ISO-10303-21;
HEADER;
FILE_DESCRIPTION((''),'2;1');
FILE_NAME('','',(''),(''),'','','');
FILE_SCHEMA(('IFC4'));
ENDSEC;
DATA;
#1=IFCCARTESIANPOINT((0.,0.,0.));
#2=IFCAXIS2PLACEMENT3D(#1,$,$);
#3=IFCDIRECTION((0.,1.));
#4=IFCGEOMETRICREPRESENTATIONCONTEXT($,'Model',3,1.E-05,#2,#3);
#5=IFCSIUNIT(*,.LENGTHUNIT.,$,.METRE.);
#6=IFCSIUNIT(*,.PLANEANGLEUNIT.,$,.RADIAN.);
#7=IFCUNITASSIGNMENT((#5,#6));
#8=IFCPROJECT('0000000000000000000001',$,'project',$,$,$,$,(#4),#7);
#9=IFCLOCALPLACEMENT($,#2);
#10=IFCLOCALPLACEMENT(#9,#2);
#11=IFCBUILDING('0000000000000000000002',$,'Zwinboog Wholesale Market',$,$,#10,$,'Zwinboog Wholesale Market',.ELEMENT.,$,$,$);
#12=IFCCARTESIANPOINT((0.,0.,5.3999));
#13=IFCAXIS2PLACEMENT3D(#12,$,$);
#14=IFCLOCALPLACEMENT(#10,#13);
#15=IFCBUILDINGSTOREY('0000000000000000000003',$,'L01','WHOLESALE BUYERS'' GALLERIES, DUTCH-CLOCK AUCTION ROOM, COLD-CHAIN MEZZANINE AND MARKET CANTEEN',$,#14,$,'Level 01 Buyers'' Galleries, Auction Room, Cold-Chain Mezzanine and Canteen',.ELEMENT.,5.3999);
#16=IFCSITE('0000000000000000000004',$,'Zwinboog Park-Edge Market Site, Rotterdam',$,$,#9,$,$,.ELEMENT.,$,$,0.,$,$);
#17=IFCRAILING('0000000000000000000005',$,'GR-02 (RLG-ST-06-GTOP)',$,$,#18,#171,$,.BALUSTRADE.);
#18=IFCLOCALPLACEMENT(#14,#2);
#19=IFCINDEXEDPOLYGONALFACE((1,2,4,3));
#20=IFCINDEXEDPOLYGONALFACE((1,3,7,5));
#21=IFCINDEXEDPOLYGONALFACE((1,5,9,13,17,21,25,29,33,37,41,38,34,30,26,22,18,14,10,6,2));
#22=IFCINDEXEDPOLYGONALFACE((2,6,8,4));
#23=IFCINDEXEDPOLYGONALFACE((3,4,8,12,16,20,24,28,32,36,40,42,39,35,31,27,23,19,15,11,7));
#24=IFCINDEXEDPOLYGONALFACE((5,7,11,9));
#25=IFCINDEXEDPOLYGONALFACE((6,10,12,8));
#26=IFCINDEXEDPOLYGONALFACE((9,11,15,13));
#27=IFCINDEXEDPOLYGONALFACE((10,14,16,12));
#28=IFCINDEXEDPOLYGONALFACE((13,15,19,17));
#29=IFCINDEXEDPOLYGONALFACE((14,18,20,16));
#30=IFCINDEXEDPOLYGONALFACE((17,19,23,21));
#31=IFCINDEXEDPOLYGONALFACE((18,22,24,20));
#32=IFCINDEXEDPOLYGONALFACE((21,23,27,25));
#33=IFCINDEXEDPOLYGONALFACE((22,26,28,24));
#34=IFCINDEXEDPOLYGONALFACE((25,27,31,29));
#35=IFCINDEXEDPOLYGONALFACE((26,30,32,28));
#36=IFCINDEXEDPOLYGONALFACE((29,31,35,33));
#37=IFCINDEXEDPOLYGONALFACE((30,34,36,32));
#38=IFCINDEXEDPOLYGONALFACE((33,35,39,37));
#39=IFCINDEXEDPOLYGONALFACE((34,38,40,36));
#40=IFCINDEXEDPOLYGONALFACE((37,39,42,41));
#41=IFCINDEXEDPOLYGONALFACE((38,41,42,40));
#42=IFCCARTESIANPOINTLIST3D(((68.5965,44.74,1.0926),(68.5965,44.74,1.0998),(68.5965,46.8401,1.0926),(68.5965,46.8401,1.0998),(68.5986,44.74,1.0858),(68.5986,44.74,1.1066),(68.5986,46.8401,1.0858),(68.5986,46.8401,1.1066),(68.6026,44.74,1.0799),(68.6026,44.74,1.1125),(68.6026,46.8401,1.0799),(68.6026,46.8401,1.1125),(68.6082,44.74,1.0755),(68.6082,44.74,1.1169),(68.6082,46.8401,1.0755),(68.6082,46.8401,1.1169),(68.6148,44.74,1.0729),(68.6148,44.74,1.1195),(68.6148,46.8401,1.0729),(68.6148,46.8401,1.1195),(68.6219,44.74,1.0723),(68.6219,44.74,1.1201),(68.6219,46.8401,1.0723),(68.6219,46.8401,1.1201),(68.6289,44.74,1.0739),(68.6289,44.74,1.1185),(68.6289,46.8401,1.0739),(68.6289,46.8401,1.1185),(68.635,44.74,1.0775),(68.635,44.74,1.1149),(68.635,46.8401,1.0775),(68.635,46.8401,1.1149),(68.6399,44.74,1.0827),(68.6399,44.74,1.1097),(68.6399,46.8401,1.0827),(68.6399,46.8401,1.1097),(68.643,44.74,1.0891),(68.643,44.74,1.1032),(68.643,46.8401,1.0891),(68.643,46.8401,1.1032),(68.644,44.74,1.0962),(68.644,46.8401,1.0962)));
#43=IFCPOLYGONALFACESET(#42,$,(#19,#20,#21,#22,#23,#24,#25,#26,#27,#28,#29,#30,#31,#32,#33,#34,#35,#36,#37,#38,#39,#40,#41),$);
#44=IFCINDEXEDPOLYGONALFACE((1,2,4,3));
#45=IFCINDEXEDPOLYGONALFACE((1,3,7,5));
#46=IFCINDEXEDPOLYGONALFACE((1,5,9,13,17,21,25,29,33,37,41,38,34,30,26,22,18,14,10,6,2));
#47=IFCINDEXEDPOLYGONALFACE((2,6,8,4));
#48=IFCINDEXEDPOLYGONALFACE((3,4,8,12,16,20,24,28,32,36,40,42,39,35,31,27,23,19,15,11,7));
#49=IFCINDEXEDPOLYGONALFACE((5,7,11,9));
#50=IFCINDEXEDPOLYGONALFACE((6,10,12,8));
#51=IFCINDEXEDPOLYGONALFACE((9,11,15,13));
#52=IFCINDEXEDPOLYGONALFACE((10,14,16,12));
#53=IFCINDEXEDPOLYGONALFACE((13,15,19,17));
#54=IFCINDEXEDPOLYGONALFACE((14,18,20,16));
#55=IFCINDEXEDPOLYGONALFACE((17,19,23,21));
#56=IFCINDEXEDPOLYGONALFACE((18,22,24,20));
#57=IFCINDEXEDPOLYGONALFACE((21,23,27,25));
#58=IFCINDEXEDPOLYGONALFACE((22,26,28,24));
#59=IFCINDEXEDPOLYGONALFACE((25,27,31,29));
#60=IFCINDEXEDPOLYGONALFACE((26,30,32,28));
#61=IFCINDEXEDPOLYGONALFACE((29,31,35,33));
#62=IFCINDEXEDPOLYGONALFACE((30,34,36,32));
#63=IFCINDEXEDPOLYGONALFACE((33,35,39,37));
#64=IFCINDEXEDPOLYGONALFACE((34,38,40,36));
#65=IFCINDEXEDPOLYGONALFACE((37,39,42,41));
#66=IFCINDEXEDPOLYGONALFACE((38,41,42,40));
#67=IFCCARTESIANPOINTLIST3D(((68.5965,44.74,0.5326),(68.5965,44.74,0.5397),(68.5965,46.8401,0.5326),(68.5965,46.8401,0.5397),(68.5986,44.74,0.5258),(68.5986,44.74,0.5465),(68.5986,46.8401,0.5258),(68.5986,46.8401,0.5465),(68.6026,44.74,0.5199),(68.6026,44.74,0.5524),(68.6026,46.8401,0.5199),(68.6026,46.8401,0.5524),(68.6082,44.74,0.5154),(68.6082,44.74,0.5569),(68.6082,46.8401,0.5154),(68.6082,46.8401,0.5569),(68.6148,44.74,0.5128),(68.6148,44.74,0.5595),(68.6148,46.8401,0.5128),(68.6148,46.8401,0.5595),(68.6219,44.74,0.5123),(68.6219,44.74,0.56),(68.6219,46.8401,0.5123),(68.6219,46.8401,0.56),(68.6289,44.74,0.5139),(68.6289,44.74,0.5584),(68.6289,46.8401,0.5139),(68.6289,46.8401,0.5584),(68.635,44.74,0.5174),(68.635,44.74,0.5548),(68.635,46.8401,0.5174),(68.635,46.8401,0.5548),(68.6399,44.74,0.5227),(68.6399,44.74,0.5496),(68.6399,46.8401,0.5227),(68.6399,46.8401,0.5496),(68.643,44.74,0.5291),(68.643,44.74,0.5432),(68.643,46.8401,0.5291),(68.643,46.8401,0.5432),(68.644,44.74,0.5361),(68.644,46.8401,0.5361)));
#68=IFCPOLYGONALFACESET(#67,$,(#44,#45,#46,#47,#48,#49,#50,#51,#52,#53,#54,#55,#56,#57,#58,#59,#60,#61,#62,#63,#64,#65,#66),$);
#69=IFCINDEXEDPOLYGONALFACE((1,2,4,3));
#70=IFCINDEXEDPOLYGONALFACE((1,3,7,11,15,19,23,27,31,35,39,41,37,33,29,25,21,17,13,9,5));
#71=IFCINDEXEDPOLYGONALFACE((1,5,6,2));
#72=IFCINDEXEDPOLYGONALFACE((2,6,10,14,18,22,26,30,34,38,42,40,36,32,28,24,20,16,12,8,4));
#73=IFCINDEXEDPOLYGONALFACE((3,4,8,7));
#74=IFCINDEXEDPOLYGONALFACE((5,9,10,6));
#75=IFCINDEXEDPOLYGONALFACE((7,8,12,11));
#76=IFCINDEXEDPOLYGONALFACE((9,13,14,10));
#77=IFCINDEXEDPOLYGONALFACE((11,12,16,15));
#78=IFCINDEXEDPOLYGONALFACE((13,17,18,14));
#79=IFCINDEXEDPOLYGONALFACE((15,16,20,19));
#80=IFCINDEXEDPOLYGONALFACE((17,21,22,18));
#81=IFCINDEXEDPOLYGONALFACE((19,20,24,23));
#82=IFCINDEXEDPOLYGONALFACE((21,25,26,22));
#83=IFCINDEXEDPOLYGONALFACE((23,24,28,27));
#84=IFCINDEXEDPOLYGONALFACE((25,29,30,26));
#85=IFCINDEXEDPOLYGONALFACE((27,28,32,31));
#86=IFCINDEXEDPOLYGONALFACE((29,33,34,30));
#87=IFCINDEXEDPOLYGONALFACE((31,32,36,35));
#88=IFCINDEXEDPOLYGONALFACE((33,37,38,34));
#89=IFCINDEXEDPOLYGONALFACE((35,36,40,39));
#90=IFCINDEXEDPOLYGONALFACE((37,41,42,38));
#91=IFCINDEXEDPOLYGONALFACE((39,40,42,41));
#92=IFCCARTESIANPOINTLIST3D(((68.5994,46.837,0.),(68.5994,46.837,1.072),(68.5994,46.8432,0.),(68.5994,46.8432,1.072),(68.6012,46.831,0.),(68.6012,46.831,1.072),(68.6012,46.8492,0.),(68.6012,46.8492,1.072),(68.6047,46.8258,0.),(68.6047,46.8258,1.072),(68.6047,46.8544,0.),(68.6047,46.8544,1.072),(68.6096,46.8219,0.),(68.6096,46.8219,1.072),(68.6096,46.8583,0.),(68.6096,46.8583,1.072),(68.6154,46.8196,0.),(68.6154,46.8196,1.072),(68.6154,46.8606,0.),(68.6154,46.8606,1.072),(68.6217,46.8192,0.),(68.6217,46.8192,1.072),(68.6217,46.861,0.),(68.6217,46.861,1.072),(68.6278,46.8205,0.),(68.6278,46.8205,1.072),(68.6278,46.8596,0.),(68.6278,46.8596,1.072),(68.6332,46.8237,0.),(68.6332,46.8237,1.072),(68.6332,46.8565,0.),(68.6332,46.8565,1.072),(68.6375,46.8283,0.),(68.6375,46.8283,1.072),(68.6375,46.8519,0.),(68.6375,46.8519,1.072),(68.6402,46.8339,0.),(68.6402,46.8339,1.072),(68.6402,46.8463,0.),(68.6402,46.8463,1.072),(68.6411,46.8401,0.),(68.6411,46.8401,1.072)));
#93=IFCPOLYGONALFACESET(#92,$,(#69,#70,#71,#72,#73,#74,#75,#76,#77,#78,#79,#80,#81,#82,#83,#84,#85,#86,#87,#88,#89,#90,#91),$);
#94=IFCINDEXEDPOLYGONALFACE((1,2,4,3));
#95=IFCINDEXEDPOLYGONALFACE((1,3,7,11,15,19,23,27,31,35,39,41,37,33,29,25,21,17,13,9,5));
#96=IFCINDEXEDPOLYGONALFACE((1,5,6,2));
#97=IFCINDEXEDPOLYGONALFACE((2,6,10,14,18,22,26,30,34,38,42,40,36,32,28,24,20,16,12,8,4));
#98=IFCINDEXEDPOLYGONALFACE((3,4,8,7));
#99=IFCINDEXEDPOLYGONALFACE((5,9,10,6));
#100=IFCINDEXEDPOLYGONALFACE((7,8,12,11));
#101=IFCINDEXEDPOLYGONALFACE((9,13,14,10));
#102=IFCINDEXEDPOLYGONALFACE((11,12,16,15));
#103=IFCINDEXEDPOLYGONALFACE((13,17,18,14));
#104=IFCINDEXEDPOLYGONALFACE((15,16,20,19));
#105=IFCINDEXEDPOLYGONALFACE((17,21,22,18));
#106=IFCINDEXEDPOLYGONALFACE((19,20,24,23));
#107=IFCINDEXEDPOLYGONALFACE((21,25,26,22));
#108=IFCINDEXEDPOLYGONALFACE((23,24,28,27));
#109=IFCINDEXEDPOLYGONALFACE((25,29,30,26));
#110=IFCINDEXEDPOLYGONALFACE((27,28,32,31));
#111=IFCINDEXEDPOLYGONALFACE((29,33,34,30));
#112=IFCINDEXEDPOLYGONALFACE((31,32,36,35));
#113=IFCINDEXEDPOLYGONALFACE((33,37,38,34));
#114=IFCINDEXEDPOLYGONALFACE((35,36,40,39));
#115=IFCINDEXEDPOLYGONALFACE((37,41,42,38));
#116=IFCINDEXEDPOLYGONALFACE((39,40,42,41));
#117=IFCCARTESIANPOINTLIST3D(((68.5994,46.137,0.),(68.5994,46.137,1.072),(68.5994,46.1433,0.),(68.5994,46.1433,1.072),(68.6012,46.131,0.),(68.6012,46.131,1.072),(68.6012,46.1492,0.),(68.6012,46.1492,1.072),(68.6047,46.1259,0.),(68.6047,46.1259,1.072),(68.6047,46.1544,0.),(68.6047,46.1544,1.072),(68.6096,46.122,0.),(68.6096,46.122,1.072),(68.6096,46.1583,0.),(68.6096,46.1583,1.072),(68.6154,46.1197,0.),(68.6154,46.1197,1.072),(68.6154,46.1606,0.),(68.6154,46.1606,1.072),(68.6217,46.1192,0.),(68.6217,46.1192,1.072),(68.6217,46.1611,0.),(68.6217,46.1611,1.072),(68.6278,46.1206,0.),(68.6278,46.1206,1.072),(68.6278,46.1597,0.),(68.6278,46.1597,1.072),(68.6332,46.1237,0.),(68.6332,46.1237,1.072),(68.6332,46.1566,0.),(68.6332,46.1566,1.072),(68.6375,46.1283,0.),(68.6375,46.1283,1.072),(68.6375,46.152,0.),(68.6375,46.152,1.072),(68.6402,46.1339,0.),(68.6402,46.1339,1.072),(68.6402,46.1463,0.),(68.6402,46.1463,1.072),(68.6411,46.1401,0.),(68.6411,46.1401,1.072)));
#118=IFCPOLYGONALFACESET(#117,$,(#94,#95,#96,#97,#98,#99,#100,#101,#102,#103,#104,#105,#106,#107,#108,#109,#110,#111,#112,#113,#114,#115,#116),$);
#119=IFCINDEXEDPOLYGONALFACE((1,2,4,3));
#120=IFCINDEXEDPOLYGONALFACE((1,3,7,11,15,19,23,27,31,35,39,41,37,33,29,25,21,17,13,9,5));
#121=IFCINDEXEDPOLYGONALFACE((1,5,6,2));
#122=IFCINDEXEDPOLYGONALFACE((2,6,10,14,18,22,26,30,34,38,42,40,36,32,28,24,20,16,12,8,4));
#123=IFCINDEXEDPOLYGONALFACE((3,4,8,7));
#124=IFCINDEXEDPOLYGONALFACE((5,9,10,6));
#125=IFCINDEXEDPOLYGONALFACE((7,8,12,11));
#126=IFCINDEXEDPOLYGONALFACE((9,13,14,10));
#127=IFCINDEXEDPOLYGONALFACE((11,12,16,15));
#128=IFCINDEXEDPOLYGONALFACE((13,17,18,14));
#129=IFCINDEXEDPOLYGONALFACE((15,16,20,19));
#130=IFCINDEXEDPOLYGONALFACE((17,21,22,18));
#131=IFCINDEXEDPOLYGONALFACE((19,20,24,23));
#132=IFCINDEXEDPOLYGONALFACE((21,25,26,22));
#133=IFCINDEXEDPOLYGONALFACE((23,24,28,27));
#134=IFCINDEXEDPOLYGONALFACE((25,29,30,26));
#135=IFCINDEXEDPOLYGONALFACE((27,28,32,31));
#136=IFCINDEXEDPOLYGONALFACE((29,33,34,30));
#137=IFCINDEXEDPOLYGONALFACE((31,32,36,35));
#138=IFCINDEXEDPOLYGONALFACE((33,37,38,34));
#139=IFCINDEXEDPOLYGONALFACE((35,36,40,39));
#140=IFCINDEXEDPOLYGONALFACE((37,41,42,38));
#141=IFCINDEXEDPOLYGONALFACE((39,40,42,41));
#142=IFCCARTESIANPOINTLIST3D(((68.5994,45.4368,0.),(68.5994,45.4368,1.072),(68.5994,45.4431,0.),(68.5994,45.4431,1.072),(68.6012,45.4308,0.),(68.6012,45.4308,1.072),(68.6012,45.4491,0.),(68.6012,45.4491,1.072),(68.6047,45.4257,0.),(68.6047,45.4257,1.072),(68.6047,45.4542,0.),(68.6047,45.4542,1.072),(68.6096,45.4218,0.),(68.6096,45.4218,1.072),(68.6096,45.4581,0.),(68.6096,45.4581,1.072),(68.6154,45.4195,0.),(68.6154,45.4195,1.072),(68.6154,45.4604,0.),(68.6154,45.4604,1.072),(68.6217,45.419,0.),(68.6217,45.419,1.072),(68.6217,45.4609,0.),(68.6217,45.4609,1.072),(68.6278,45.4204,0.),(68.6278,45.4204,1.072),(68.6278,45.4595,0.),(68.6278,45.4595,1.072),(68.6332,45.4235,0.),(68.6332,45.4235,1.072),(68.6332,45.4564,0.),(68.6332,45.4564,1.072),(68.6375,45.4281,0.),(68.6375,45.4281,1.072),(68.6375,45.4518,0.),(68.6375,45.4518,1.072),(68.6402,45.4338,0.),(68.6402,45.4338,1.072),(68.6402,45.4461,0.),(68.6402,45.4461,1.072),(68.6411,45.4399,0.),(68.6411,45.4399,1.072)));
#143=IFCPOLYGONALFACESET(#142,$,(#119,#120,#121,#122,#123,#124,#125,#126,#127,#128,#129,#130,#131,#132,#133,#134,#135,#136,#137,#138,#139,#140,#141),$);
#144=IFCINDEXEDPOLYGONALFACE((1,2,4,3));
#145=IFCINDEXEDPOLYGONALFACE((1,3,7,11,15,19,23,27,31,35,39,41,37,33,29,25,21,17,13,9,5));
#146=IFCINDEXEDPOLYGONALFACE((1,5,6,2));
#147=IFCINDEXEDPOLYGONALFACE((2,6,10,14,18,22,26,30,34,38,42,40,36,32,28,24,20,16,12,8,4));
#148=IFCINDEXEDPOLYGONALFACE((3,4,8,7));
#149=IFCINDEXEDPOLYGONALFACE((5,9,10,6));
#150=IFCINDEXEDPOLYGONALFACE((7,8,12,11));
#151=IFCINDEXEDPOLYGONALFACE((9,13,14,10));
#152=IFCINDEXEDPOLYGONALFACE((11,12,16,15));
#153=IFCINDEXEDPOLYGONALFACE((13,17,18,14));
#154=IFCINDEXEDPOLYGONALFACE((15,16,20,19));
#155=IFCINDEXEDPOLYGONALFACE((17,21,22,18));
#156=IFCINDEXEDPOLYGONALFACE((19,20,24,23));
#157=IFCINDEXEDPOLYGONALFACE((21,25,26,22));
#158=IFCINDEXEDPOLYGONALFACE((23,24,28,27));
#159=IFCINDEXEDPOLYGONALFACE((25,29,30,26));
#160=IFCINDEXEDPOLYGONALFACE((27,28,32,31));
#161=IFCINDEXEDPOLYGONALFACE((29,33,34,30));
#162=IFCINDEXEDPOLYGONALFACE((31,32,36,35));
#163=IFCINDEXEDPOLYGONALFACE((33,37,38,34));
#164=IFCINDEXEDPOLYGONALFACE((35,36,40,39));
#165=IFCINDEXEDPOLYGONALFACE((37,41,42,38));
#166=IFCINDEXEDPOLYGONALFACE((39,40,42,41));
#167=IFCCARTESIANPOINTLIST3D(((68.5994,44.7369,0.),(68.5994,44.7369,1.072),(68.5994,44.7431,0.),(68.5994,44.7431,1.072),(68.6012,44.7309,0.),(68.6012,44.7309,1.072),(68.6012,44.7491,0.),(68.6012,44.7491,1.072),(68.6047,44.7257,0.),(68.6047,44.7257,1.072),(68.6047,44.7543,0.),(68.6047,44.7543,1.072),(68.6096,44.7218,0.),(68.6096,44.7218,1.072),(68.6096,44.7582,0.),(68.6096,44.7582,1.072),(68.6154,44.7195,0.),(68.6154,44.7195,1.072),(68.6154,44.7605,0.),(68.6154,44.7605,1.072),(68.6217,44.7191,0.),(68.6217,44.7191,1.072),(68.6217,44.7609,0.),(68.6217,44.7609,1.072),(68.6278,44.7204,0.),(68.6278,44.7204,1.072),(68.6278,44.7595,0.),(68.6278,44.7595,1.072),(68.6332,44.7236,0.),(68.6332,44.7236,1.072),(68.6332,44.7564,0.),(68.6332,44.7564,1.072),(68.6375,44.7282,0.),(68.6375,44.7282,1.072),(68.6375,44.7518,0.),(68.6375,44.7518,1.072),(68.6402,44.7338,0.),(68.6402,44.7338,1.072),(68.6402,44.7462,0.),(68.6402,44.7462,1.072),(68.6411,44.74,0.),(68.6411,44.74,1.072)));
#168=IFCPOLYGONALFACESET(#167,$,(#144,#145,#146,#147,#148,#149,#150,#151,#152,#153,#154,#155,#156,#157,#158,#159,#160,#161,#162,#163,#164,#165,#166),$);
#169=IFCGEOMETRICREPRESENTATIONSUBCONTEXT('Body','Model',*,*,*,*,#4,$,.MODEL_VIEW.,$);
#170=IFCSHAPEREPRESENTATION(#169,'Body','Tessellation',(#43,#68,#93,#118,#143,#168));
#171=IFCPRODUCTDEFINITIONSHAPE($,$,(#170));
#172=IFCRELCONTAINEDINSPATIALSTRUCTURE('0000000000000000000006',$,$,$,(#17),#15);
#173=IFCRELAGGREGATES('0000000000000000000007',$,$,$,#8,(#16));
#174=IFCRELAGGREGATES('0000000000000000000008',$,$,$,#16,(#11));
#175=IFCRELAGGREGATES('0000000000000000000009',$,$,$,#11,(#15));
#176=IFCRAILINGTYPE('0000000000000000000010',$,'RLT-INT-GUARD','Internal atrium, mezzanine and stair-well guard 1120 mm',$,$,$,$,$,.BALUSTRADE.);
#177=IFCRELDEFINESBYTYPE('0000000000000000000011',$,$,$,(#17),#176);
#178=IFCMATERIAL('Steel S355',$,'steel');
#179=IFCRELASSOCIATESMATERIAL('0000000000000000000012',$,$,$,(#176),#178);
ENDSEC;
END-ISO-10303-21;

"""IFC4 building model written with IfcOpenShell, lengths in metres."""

from ifc_helpers import new_model, si_unit, direction, frame, origin, origin_2d, place, context, subcontext, project, spatial, circle, extrude, material, type_object, element, save


model = new_model("IFC4")

# Units and contexts
model_context = context("Model", 3, precision=1e-05, world=origin(), true_north=direction((0.0, 1.0)))
body_context = subcontext(model_context, "Body", "Model", "MODEL_VIEW")
ifc_project = project(units=[si_unit("LENGTHUNIT", "METRE"), si_unit("PLANEANGLEUNIT", "RADIAN")], contexts=[model_context])

# Site, building, storey
site_placement = place(None, origin())
site = spatial("IfcSite", under=ifc_project, at=site_placement, Name="Zwinboog Park-Edge Market Site, Rotterdam", CompositionType="ELEMENT", RefElevation=0.0)
building_placement = place(site_placement, origin())
building = spatial("IfcBuilding", under=site, at=building_placement, Name="Zwinboog Wholesale Market", LongName="Zwinboog Wholesale Market", CompositionType="ELEMENT")
storey_placement = place(building_placement, frame((0.0, 0.0, 5.3999)))
storey = spatial("IfcBuildingStorey", under=building, at=storey_placement, Name="L01", Description="WHOLESALE BUYERS' GALLERIES, DUTCH-CLOCK AUCTION ROOM, COLD-CHAIN MEZZANINE AND MARKET CANTEEN", LongName="Level 01 Buyers' Galleries, Auction Room, Cold-Chain Mezzanine and Canteen", CompositionType="ELEMENT", Elevation=5.3999)

# Railing
ifc_material_1 = material(Name="Steel S355", Category="steel")
railing_type = type_object("IfcRailingType", Name="RLT-INT-GUARD", Description="Internal atrium, mezzanine and stair-well guard 1120 mm", PredefinedType="BALUSTRADE", material=ifc_material_1)
railing_placement = place(storey_placement, frame((68.6201, 46.8401, 0.0)))
element("IfcRailing", 1, at=railing_placement, inside=storey, type_object=railing_type, Name="GR-02 (RLG-ST-06-GTOP)", PredefinedType="BALUSTRADE", context=body_context, shape_type="SweptSolid", body=[
    extrude(circle(Radius=0.0239, at=origin_2d()), frame((0.0, 0.0, 1.0962), z_axis=(0.0, -1.0, 0.0), x_axis=(1.0, 0.0, 0.0)), (0.0, 0.0, 1.0), 2.1001),
    extrude(circle(Radius=0.0239, at=origin_2d()), frame((0.0, 0.0, 0.5361), z_axis=(0.0, -1.0, 0.0), x_axis=(1.0, 0.0, 0.0)), (0.0, 0.0, 1.0), 2.1001),
    extrude(circle(Radius=0.021, at=origin_2d()), origin(), (0.0, 0.0, 1.0), 1.072),
    extrude(circle(Radius=0.021, at=origin_2d()), frame((0.0, -0.7, 0.0)), (0.0, 0.0, 1.0), 1.072),
    extrude(circle(Radius=0.021, at=origin_2d()), frame((0.0, -1.4001, 0.0)), (0.0, 0.0, 1.0), 1.072),
    extrude(circle(Radius=0.021, at=origin_2d()), frame((0.0, -2.1001, 0.0)), (0.0, 0.0, 1.0), 1.072),
])

save(model, "model.ifc")
